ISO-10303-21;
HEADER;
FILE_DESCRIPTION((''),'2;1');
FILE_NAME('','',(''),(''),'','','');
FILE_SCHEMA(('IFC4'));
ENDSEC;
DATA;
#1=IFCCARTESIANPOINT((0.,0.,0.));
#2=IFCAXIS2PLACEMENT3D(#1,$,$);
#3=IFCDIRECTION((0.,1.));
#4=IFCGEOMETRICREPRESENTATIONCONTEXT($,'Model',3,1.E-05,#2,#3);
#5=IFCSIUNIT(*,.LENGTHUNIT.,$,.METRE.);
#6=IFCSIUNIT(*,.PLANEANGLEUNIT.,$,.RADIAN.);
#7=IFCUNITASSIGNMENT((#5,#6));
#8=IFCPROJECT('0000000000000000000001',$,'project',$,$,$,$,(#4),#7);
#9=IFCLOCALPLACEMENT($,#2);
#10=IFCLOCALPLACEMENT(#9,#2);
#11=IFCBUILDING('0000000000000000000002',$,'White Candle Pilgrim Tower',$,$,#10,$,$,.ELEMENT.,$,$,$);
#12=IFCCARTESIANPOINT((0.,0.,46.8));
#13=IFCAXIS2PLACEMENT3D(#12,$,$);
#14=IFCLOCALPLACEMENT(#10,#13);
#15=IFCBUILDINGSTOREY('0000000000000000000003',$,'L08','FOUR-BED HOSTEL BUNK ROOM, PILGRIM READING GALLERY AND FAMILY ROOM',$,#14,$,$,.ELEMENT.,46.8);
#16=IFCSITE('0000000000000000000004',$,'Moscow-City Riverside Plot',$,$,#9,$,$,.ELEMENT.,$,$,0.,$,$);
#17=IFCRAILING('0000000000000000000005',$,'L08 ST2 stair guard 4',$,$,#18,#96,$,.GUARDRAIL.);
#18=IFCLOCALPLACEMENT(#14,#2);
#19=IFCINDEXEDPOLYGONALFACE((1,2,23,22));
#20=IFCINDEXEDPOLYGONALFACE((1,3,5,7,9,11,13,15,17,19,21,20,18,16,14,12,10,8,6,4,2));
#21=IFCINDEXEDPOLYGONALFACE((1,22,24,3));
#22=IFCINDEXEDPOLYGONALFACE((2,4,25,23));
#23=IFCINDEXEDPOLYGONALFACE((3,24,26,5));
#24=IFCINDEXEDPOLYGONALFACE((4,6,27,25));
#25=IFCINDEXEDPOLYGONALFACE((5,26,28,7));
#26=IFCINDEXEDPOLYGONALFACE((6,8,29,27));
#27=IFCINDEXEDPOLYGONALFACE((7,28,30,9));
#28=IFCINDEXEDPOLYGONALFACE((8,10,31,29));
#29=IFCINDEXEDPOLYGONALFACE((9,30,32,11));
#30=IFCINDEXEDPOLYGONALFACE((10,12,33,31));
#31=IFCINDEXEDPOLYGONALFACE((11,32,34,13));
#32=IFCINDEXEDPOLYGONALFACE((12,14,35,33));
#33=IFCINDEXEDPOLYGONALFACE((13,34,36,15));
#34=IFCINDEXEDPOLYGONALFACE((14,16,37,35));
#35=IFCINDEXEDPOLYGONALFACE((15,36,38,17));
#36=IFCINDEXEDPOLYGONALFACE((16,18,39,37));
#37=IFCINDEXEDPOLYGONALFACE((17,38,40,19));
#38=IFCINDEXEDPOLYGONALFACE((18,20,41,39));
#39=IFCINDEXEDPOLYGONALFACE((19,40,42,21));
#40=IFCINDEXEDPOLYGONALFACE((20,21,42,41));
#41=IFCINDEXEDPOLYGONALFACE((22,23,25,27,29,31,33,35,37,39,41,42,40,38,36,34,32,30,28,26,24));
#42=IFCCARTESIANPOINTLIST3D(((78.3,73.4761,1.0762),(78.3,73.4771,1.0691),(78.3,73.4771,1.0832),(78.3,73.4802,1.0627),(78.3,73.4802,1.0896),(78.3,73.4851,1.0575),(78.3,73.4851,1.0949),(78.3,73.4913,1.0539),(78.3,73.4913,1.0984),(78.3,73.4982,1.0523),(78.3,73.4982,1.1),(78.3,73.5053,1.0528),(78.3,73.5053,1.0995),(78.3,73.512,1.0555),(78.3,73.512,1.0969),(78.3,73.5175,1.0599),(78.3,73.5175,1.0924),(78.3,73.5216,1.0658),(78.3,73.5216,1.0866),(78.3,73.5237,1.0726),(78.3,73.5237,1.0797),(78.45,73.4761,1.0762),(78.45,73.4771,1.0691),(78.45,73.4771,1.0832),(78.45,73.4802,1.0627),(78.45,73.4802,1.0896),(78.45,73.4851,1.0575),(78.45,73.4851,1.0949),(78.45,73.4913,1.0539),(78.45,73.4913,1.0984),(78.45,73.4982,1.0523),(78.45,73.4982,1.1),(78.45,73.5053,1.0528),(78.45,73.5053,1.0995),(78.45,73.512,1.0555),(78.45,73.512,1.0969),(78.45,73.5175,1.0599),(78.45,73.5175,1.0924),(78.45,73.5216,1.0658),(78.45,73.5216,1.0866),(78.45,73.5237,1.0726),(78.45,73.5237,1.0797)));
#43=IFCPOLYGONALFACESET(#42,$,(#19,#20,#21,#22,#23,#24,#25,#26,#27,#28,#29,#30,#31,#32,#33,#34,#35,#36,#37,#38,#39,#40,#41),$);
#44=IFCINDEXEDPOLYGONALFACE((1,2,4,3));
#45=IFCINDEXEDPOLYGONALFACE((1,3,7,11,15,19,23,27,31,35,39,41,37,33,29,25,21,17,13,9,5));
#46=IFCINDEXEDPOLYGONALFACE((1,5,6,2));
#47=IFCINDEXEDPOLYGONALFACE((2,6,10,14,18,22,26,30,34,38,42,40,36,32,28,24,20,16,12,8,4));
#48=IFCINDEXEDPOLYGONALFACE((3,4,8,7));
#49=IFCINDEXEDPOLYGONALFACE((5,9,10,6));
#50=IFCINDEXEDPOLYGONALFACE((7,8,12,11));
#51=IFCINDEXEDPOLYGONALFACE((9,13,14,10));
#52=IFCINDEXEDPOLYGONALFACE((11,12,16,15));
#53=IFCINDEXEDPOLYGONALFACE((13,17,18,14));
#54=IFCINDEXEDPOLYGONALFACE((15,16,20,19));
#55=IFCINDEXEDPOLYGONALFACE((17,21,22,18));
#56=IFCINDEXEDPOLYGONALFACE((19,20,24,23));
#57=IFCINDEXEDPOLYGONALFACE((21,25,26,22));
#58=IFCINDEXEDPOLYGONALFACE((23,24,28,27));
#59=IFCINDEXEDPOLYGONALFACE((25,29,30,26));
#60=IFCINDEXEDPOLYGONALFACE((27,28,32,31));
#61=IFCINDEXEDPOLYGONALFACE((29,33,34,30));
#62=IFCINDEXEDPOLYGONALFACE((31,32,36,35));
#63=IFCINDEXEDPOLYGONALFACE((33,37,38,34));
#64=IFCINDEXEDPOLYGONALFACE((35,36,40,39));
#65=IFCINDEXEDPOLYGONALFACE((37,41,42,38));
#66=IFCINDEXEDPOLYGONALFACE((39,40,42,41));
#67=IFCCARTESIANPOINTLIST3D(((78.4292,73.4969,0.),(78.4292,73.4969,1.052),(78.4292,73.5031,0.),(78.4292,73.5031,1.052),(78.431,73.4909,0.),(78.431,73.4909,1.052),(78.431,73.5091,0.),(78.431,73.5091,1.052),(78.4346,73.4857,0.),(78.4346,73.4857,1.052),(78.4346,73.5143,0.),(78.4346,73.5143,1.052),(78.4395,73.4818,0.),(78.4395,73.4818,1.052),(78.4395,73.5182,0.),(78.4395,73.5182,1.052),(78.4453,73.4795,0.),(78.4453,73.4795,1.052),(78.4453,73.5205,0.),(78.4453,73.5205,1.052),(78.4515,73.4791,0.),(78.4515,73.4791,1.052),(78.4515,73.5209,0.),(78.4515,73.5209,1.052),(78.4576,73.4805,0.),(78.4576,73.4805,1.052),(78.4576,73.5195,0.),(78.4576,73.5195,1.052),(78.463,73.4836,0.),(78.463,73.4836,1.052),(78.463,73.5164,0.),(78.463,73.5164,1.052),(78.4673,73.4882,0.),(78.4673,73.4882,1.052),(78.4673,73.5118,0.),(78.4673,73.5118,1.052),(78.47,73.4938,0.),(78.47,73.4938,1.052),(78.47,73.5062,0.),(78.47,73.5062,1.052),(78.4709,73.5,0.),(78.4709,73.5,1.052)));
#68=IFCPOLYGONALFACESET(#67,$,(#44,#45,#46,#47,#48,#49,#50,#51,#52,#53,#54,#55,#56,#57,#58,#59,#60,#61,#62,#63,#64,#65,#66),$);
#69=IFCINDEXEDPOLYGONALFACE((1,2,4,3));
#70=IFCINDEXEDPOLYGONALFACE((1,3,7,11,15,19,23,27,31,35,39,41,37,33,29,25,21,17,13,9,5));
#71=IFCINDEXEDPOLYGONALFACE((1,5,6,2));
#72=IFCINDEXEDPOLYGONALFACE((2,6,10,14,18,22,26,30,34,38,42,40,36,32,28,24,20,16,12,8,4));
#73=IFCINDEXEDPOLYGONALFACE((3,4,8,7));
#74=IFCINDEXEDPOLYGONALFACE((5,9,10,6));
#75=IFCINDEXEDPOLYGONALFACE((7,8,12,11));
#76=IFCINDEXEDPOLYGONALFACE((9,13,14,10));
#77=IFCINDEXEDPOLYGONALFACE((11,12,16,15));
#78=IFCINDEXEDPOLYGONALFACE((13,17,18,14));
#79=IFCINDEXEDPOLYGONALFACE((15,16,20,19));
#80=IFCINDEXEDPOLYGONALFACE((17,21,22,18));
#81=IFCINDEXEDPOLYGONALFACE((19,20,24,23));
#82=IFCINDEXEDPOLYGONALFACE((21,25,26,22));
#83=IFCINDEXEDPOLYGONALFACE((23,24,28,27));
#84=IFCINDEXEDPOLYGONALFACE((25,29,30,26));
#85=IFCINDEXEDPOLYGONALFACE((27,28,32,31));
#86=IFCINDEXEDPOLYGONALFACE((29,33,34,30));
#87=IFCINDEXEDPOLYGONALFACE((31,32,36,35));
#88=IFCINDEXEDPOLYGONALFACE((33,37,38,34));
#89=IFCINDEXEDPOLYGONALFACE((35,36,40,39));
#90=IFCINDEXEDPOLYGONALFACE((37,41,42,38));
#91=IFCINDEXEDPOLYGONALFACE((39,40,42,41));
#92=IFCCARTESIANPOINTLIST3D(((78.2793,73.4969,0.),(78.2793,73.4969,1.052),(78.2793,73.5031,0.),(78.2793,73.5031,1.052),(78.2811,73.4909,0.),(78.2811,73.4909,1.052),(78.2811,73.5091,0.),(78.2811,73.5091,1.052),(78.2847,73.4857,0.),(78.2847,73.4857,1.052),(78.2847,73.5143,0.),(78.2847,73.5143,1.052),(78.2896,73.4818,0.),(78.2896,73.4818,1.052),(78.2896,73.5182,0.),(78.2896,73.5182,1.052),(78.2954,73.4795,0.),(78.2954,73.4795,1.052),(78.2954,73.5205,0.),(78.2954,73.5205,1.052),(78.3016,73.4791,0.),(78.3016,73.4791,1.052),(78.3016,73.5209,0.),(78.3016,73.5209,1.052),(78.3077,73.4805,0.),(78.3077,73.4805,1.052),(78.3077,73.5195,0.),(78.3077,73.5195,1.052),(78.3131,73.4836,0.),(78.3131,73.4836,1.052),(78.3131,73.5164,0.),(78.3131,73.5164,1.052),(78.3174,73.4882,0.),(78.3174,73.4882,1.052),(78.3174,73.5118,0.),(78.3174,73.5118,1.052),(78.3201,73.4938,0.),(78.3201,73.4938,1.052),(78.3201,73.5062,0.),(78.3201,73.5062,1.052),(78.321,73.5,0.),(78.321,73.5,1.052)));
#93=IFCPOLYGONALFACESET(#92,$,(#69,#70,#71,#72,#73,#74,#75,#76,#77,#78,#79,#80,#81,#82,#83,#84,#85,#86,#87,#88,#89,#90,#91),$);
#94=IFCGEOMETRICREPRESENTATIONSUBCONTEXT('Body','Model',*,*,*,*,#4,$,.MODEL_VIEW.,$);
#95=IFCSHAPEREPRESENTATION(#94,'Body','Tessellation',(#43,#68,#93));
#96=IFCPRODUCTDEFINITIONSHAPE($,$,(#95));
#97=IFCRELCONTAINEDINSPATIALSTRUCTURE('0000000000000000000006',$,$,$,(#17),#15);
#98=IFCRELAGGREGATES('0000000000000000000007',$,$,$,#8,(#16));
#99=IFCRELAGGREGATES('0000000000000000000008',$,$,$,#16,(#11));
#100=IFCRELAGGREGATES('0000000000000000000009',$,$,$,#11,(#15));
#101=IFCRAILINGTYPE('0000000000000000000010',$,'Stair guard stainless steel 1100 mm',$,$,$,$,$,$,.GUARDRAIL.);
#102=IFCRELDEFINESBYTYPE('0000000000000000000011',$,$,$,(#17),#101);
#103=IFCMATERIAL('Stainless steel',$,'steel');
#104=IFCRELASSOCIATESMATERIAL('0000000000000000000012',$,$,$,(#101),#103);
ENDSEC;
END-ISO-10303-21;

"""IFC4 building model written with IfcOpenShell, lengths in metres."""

from ifc_helpers import new_model, si_unit, direction, frame, origin, origin_2d, place, context, subcontext, project, spatial, circle, extrude, material, type_object, element, save


model = new_model("IFC4")

# Units and contexts
model_context = context("Model", 3, precision=1e-05, world=origin(), true_north=direction((0.0, 1.0)))
body_context = subcontext(model_context, "Body", "Model", "MODEL_VIEW")
ifc_project = project(units=[si_unit("LENGTHUNIT", "METRE"), si_unit("PLANEANGLEUNIT", "RADIAN")], contexts=[model_context])

# Site, building, storey
site_placement = place(None, origin())
site = spatial("IfcSite", under=ifc_project, at=site_placement, Name="Moscow-City Riverside Plot", CompositionType="ELEMENT", RefElevation=0.0)
building_placement = place(site_placement, origin())
building = spatial("IfcBuilding", under=site, at=building_placement, Name="White Candle Pilgrim Tower", CompositionType="ELEMENT")
storey_placement = place(building_placement, frame((0.0, 0.0, 46.8)))
storey = spatial("IfcBuildingStorey", under=building, at=storey_placement, Name="L08", Description="FOUR-BED HOSTEL BUNK ROOM, PILGRIM READING GALLERY AND FAMILY ROOM", CompositionType="ELEMENT", Elevation=46.8)

# Railing
ifc_material_1 = material(Name="Stainless steel", Category="steel")
railing_type_1 = type_object("IfcRailingType", Name="Stair guard stainless steel 1100 mm", PredefinedType="GUARDRAIL", material=ifc_material_1)
railing_1_placement = place(storey_placement, frame((78.45, 73.5, 0.0)))
element("IfcRailing", 1, at=railing_1_placement, inside=storey, type_object=railing_type_1, Name="L08 ST2 stair guard 4", PredefinedType="GUARDRAIL", context=body_context, shape_type="SweptSolid", body=[
    extrude(circle(Radius=0.0239, at=origin_2d()), frame((0.0, 0.0, 1.0762), z_axis=(-1.0, 0.0, 0.0), x_axis=(0.0, -1.0, 0.0)), (0.0, 0.0, 1.0), 0.1499),
    extrude(circle(Radius=0.021, at=origin_2d()), origin(), (0.0, 0.0, 1.0), 1.052),
    extrude(circle(Radius=0.021, at=origin_2d()), frame((-0.1499, 0.0, 0.0)), (0.0, 0.0, 1.0), 1.052),
])

save(model, "model.ifc")
